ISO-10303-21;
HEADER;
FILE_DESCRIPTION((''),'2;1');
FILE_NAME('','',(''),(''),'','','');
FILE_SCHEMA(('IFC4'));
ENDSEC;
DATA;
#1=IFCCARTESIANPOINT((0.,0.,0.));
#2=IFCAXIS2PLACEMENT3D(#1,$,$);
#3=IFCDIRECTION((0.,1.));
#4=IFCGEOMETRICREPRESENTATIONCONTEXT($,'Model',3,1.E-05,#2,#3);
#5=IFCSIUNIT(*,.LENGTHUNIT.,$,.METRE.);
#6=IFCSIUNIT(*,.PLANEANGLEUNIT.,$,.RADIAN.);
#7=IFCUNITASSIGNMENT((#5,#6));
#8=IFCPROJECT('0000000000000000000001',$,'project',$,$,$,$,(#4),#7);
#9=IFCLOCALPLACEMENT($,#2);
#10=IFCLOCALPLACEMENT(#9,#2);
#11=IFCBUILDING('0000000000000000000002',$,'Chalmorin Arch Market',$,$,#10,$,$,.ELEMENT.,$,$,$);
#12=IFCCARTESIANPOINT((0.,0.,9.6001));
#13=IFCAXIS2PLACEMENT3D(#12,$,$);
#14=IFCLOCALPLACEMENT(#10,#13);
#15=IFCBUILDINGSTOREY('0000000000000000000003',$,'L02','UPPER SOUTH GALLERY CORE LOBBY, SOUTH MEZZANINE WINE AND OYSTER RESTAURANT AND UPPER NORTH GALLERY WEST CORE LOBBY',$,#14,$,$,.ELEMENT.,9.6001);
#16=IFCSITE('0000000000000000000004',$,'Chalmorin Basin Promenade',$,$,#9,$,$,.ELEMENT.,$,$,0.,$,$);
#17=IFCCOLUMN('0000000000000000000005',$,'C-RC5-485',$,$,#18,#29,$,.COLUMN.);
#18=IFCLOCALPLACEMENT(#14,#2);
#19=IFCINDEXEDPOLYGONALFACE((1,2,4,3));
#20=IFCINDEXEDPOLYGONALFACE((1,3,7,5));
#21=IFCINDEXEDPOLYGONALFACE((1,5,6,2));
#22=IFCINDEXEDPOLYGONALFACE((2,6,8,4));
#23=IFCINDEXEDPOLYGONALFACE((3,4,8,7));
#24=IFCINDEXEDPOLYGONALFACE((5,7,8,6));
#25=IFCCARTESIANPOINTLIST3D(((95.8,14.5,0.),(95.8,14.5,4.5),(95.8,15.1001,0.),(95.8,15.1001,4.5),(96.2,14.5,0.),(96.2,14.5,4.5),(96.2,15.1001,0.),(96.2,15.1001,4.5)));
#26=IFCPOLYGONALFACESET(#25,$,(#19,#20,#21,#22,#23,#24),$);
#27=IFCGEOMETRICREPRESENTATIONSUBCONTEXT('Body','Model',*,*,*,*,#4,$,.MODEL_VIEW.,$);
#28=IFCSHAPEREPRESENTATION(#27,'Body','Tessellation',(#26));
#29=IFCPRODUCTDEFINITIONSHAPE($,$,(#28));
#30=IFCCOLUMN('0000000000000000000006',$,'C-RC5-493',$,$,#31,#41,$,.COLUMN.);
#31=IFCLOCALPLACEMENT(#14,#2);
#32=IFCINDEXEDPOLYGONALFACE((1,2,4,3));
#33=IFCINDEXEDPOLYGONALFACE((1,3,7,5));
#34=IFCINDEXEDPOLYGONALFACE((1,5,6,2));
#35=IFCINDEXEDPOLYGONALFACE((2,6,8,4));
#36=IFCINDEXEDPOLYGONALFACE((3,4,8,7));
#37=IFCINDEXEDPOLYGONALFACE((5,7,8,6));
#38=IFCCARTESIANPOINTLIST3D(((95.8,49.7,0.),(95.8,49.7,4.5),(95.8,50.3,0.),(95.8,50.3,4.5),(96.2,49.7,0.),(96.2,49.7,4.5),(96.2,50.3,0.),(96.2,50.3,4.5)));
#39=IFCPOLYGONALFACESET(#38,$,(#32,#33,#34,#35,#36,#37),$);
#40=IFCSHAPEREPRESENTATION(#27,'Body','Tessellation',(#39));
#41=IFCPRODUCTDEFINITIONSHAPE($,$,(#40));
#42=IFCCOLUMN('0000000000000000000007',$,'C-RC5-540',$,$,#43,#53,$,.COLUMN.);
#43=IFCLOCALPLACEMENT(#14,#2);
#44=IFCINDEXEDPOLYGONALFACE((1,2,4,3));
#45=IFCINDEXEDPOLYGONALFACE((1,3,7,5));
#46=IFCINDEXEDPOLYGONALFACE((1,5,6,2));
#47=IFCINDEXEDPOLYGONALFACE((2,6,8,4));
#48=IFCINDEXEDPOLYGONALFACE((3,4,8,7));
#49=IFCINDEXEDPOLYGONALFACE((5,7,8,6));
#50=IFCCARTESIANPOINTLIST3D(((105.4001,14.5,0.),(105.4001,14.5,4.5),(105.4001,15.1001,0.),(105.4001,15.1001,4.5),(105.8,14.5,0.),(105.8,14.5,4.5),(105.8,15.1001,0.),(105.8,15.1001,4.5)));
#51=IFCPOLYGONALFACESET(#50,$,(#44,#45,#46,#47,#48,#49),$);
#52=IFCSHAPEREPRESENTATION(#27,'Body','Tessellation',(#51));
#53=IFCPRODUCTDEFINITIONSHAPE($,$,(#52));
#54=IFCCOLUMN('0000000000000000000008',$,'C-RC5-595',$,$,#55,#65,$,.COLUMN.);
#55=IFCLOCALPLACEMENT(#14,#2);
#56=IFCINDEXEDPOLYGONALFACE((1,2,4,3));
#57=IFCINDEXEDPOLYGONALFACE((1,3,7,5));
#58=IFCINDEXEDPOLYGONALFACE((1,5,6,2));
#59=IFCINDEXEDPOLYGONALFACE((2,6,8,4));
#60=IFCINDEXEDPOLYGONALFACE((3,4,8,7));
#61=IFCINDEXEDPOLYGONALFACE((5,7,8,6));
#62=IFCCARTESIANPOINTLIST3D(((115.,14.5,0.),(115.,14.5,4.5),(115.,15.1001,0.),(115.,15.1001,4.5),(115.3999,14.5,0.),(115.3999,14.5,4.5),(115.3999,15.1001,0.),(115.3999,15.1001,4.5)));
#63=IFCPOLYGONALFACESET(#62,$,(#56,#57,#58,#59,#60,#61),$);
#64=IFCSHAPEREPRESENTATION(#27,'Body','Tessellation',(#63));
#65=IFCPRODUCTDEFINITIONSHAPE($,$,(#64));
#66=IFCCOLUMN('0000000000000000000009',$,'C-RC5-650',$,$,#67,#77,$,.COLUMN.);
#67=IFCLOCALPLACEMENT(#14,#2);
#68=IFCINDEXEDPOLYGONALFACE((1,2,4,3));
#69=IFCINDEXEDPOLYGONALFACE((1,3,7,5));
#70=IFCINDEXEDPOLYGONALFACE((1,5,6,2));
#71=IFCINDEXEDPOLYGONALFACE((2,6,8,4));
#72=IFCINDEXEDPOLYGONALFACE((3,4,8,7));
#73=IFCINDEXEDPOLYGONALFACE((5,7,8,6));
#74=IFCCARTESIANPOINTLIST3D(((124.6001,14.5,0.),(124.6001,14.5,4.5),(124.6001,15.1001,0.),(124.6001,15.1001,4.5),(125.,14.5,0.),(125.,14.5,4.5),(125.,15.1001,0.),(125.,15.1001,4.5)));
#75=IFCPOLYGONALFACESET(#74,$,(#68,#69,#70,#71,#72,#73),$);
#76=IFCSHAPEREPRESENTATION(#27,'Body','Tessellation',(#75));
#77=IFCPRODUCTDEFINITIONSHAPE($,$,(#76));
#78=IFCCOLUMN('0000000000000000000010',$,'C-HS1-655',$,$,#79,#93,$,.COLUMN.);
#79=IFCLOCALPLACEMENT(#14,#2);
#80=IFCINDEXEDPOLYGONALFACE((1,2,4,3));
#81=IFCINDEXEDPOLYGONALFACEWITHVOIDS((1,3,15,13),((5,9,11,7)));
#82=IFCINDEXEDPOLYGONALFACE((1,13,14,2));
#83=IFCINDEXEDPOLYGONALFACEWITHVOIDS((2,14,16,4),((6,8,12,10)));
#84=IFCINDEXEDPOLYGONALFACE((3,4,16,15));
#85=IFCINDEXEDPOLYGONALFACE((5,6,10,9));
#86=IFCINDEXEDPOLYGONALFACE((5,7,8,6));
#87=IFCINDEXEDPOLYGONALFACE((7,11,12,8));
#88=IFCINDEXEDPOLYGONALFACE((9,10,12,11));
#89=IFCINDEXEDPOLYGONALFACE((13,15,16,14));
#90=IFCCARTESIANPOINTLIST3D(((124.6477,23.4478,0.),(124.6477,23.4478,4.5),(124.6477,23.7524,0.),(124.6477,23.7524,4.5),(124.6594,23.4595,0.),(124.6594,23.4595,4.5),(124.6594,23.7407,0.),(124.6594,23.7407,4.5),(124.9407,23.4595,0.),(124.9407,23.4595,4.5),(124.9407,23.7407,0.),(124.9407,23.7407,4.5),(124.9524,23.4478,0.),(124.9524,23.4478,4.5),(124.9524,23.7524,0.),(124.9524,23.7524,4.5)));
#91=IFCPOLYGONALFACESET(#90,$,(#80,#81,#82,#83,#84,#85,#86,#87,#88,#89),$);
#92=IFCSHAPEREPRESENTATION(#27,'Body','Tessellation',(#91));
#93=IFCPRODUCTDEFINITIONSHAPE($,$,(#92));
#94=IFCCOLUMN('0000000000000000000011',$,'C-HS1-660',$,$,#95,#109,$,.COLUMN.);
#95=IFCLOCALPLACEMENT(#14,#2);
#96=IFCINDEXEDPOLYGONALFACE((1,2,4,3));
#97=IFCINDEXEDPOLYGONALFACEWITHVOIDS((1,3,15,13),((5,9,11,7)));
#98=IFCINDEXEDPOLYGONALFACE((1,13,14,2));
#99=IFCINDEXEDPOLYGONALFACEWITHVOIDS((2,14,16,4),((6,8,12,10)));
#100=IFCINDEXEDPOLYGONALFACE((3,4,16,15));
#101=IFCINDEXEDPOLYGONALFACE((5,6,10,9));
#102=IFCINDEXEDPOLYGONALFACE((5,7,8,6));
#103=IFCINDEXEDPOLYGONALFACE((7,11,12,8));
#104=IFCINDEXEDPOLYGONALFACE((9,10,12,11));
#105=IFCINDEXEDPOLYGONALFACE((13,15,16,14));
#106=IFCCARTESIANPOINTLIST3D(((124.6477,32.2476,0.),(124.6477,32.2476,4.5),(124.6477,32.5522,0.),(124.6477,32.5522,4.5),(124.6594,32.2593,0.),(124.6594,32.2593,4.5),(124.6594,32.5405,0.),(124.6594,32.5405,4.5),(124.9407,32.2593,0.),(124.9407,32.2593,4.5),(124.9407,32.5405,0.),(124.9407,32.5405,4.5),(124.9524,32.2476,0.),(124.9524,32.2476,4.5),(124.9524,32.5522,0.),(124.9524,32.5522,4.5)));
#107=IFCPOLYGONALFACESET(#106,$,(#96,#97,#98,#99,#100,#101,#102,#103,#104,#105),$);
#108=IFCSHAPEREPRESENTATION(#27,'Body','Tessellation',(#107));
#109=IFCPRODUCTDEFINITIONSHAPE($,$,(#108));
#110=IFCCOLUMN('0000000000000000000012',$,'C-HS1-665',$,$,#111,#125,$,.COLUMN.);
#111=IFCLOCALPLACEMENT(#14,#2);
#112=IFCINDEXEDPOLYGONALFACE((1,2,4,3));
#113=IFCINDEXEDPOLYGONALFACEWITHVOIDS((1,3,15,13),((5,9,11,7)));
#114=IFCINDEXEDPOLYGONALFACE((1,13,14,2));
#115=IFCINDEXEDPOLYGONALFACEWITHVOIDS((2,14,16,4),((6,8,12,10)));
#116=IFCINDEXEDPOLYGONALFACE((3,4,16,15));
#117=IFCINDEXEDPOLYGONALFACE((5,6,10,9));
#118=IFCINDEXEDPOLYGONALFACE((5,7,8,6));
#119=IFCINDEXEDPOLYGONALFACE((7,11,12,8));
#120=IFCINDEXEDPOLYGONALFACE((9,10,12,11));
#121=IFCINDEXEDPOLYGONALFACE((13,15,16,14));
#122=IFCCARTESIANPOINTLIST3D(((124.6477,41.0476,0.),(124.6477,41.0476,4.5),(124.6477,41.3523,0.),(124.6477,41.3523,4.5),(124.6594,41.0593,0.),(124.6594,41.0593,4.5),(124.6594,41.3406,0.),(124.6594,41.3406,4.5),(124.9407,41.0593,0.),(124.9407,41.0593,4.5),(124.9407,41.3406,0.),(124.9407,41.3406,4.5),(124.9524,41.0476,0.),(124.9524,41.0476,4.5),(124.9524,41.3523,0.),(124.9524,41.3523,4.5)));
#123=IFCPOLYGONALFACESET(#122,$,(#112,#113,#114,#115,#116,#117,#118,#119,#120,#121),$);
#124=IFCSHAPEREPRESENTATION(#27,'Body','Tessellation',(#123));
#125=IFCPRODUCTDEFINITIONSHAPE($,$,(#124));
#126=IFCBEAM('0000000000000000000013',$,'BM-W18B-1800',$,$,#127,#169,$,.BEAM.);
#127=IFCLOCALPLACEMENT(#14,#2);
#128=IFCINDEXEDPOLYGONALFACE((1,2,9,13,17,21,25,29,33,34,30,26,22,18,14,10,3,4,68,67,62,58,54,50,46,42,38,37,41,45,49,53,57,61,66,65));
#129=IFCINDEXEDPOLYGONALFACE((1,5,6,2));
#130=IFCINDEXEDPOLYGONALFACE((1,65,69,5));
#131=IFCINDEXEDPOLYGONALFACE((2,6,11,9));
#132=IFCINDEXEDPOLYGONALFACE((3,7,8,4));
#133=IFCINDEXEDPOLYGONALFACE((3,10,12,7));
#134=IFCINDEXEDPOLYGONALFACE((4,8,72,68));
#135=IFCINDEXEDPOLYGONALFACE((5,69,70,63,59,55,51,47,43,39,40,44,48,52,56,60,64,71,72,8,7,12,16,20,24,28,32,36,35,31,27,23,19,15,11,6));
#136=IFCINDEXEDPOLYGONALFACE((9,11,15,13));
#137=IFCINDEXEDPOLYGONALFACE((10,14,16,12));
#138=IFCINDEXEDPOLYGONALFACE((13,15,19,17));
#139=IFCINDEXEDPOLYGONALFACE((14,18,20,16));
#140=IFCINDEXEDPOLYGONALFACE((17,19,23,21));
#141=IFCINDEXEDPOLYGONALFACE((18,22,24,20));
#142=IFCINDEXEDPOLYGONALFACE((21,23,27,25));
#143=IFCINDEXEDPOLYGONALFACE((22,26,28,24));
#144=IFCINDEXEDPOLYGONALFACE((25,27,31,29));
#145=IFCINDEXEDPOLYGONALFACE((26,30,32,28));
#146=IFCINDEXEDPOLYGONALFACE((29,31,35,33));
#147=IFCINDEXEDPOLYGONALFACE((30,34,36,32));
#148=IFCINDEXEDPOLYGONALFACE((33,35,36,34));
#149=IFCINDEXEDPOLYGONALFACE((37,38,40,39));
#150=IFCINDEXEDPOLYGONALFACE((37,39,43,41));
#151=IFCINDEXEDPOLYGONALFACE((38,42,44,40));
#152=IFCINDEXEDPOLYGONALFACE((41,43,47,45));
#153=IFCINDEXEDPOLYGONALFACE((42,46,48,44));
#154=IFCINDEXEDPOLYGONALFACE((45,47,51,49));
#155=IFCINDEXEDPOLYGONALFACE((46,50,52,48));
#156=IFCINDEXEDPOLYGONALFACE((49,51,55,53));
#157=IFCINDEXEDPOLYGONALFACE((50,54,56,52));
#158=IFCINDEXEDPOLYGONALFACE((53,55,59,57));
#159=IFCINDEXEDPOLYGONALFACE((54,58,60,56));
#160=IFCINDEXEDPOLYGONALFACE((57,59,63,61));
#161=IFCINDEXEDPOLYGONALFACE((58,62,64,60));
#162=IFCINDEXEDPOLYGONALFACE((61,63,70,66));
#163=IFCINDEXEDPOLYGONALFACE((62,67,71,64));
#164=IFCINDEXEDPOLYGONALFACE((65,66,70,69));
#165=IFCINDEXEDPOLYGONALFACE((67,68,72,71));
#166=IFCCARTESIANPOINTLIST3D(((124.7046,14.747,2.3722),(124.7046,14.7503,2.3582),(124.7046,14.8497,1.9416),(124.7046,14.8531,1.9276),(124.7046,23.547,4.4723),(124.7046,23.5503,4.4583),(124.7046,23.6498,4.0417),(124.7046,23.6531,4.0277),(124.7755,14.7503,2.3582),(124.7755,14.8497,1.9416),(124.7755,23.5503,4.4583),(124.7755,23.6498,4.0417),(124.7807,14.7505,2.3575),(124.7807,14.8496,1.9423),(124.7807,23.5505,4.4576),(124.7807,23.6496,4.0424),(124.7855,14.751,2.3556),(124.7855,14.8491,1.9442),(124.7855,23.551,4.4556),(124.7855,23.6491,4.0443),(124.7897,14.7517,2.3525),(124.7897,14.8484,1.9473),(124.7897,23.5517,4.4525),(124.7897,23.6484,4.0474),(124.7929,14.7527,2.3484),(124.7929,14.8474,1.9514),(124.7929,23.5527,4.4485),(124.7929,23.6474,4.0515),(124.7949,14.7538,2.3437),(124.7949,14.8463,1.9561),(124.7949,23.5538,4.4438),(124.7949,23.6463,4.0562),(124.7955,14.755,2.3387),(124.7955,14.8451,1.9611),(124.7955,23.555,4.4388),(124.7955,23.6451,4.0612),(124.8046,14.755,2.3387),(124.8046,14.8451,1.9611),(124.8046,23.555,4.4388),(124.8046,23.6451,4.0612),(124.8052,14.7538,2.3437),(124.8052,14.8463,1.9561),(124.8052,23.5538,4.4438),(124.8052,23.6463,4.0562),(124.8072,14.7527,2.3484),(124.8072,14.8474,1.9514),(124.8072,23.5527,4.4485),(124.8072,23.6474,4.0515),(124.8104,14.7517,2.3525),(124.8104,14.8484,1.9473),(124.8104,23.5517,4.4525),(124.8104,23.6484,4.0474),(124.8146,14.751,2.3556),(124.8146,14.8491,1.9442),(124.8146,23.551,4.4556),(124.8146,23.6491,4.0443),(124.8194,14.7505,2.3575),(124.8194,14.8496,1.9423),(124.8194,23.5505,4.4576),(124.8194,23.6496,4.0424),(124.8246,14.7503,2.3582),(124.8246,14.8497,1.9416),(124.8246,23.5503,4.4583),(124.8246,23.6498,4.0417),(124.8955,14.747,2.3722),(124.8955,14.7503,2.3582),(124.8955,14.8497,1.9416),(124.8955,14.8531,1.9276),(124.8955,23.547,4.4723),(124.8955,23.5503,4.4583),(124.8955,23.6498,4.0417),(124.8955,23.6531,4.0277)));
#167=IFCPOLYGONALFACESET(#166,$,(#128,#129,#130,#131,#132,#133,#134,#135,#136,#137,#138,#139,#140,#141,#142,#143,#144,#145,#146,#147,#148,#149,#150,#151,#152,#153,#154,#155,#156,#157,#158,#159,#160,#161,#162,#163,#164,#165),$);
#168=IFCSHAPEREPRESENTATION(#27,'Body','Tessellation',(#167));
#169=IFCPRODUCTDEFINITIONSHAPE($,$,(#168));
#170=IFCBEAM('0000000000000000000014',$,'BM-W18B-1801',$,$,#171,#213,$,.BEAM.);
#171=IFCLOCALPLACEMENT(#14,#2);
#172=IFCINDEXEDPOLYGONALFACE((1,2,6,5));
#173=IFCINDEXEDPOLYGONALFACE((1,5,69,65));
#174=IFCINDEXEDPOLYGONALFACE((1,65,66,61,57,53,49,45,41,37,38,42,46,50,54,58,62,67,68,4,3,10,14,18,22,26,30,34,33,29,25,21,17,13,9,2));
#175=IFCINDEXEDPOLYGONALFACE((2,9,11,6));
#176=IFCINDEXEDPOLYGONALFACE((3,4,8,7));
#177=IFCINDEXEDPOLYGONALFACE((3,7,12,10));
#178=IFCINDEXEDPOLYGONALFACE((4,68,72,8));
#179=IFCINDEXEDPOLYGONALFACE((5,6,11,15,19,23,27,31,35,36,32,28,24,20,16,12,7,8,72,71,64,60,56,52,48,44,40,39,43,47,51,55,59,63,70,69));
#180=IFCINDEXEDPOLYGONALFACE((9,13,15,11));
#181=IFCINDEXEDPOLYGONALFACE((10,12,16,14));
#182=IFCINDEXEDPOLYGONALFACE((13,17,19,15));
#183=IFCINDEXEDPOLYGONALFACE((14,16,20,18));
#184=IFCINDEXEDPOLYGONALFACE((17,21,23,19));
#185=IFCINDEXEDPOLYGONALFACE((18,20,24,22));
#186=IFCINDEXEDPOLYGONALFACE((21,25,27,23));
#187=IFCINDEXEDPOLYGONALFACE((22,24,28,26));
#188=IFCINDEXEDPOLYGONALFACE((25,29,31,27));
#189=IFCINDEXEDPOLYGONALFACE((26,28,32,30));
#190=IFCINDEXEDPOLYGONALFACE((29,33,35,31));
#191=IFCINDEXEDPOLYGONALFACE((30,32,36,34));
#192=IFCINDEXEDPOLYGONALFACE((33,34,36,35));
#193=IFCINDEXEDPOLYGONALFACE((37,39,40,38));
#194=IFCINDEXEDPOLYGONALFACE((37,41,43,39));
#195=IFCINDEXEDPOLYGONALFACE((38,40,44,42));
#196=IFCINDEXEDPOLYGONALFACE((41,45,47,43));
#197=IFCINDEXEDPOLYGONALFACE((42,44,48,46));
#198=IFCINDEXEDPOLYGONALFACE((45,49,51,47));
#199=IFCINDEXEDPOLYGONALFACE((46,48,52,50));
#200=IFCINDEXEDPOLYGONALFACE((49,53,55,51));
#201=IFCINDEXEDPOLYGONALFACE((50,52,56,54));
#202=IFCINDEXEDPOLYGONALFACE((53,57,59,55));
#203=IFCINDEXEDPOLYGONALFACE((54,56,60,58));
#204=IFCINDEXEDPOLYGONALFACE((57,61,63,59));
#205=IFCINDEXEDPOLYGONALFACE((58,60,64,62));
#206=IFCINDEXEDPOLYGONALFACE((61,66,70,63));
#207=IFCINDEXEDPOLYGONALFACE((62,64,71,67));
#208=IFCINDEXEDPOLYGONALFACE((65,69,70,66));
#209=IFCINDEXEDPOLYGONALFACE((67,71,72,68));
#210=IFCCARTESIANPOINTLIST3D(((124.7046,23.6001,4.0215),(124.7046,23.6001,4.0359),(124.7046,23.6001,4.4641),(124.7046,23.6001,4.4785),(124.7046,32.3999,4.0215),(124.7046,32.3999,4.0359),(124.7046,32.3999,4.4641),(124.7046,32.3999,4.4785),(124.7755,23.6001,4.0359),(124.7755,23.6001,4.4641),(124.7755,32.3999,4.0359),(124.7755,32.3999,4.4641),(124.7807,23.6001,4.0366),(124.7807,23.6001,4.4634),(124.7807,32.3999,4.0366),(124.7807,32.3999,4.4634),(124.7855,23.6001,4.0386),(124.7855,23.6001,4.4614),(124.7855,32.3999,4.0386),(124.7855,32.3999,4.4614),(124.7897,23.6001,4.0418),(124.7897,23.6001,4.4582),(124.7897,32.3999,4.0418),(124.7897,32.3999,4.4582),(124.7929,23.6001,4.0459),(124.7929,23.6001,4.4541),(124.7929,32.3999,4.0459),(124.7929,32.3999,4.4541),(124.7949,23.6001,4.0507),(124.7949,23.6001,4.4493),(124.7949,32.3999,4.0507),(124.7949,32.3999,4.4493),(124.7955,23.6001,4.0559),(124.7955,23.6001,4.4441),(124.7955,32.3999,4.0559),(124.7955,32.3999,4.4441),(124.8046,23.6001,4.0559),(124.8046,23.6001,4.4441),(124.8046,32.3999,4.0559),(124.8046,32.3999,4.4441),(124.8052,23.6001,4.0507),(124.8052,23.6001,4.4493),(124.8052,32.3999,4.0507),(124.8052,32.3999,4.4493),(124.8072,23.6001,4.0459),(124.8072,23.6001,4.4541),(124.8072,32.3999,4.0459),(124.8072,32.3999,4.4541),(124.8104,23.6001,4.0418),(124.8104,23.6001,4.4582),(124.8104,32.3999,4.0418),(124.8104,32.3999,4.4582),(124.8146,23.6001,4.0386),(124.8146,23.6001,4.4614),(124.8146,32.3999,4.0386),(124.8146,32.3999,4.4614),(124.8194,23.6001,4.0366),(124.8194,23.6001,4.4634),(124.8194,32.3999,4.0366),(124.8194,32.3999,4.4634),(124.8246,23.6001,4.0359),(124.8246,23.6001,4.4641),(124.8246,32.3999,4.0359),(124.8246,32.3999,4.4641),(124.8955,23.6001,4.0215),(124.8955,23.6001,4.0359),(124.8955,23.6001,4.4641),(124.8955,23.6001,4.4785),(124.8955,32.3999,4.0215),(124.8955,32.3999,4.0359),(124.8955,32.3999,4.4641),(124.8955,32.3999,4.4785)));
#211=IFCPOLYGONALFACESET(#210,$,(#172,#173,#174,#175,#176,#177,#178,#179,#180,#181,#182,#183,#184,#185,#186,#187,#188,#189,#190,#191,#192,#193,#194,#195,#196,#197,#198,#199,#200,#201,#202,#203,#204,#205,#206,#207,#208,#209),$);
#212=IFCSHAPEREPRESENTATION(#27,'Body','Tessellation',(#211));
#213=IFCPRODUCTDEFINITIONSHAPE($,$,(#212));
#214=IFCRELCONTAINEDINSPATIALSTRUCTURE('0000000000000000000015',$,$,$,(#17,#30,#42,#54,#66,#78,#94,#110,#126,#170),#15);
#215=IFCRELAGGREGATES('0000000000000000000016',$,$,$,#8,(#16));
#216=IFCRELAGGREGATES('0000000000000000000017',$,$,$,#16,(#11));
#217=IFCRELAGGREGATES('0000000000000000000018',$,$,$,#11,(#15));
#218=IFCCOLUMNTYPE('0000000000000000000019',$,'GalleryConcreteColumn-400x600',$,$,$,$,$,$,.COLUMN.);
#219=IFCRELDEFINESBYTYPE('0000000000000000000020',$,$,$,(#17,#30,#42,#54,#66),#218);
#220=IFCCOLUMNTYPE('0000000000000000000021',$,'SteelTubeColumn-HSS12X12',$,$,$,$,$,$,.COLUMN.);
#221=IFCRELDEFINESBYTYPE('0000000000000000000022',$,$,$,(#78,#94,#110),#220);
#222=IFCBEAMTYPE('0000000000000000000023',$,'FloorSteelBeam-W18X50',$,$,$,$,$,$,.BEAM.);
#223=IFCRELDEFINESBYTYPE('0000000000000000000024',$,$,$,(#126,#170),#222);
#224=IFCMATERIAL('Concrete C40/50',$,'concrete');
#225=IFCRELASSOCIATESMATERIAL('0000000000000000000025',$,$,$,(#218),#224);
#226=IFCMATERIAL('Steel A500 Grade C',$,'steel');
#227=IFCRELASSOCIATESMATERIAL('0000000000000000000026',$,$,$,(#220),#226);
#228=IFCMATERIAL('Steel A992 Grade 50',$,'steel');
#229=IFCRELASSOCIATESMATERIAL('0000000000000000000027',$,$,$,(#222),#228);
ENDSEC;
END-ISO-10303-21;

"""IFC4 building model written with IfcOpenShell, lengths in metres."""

from ifc_helpers import new_model, si_unit, direction, frame, origin, origin_2d, place, context, subcontext, project, spatial, rectangle, hollow_rectangle, i_section, extrude, material, material_profile, profile_set, type_object, element, save


model = new_model("IFC4")

# Units and contexts
model_context = context("Model", 3, precision=1e-05, world=origin(), true_north=direction((0.0, 1.0)))
body_context = subcontext(model_context, "Body", "Model", "MODEL_VIEW")
ifc_project = project(units=[si_unit("LENGTHUNIT", "METRE"), si_unit("PLANEANGLEUNIT", "RADIAN")], contexts=[model_context])

# Site, building, storey
site_placement = place(None, origin())
site = spatial("IfcSite", under=ifc_project, at=site_placement, Name="Chalmorin Basin Promenade", CompositionType="ELEMENT", RefElevation=0.0)
building_placement = place(site_placement, origin())
building = spatial("IfcBuilding", under=site, at=building_placement, Name="Chalmorin Arch Market", CompositionType="ELEMENT")
storey_placement = place(building_placement, frame((0.0, 0.0, 9.6001)))
storey = spatial("IfcBuildingStorey", under=building, at=storey_placement, Name="L02", Description="UPPER SOUTH GALLERY CORE LOBBY, SOUTH MEZZANINE WINE AND OYSTER RESTAURANT AND UPPER NORTH GALLERY WEST CORE LOBBY", CompositionType="ELEMENT", Elevation=9.6001)

# Columns
ifc_material_1 = material(Name="Concrete C40/50", Category="concrete")
ifc_material_profile_1 = material_profile(ifc_material_1, rectangle(XDim=0.3999, YDim=0.6001, at=origin_2d()), Name="RC400X600")
ifc_profile_set_1 = profile_set([ifc_material_profile_1], Name="Concrete C40/50")
column_type_1 = type_object("IfcColumnType", Name="GalleryConcreteColumn-400x600", PredefinedType="COLUMN", material=ifc_profile_set_1)
for number, where, z_axis, x_axis, name in (
    (1, (96.0, 14.8, 0.0), (0.0, 0.0, 1.0), (1.0, 0.0, 0.0), "C-RC5-485"),
    (2, (96.0, 50.0, 0.0), (0.0, 0.0, 1.0), (1.0, 0.0, 0.0), "C-RC5-493"),
    (3, (105.6001, 14.8, 0.0), (0.0, 0.0, 1.0), (1.0, 0.0, 0.0), "C-RC5-540"),
    (4, (115.2, 14.8, 0.0), (0.0, 0.0, 1.0), (1.0, 0.0, 0.0), "C-RC5-595"),
    (5, (124.8, 14.8, 0.0), (0.0, 0.0, 1.0), (1.0, 0.0, 0.0), "C-RC5-650"),
):
    element("IfcColumn", number, at=place(storey_placement, frame(where, z_axis=z_axis, x_axis=x_axis)), inside=storey, type_object=column_type_1, Name=name, PredefinedType="COLUMN", context=body_context, shape_type="SweptSolid", body=[
        extrude(rectangle(XDim=0.3999, YDim=0.6001, at=origin_2d()), origin(), (0.0, 0.0, 1.0), 4.5),
    ])
ifc_material_2 = material(Name="Steel A500 Grade C", Category="steel")
ifc_material_profile_2 = material_profile(ifc_material_2, hollow_rectangle(XDim=0.3047, YDim=0.3047, WallThickness=0.0117, at=origin_2d()), Name="HSS12X12X1/2")
ifc_profile_set_2 = profile_set([ifc_material_profile_2], Name="Steel A500 Grade C")
column_type_2 = type_object("IfcColumnType", Name="SteelTubeColumn-HSS12X12", PredefinedType="COLUMN", material=ifc_profile_set_2)
for number, where, z_axis, x_axis, name in (
    (6, (124.8, 23.6001, 0.0), (0.0, 0.0, 1.0), (1.0, 0.0, 0.0), "C-HS1-655"),
    (7, (124.8, 32.3999, 0.0), (0.0, 0.0, 1.0), (1.0, 0.0, 0.0), "C-HS1-660"),
    (8, (124.8, 41.2, 0.0), (0.0, 0.0, 1.0), (1.0, 0.0, 0.0), "C-HS1-665"),
):
    element("IfcColumn", number, at=place(storey_placement, frame(where, z_axis=z_axis, x_axis=x_axis)), inside=storey, type_object=column_type_2, Name=name, PredefinedType="COLUMN", context=body_context, shape_type="SweptSolid", body=[
        extrude(hollow_rectangle(XDim=0.3047, YDim=0.3047, WallThickness=0.0117, at=origin_2d()), origin(), (0.0, 0.0, 1.0), 4.5),
    ])

# Beams
ifc_material_3 = material(Name="Steel A992 Grade 50", Category="steel")
ifc_material_profile_3 = material_profile(ifc_material_3, i_section(OverallWidth=0.1909, OverallDepth=0.457, WebThickness=0.009, FlangeThickness=0.0144, FilletRadius=0.02, at=origin_2d()), Name="W18X50")
ifc_profile_set_3 = profile_set([ifc_material_profile_3], Name="Steel A992 Grade 50")
beam_type_1 = type_object("IfcBeamType", Name="FloorSteelBeam-W18X50", PredefinedType="BEAM", material=ifc_profile_set_3)
beam_1_placement = place(storey_placement, frame((124.8, 14.8, 2.1499), z_axis=(0.0, 0.972685, 0.232128), x_axis=(-1.0, 0.0, 0.0)))
element("IfcBeam", 9, at=beam_1_placement, inside=storey, type_object=beam_type_1, Name="BM-W18B-1800", PredefinedType="BEAM", context=body_context, shape_type="SweptSolid", body=[
    extrude(i_section(OverallWidth=0.1909, OverallDepth=0.457, WebThickness=0.009, FlangeThickness=0.0144, FilletRadius=0.02, at=origin_2d()), origin(), (0.0, 0.0, 1.0), 9.0471),
])
beam_2_placement = place(storey_placement, frame((124.8, 23.6001, 4.25), z_axis=(0.0, 1.0, 0.0), x_axis=(-1.0, 0.0, 0.0)))
element("IfcBeam", 10, at=beam_2_placement, inside=storey, type_object=beam_type_1, Name="BM-W18B-1801", PredefinedType="BEAM", context=body_context, shape_type="SweptSolid", body=[
    extrude(i_section(OverallWidth=0.1909, OverallDepth=0.457, WebThickness=0.009, FlangeThickness=0.0144, FilletRadius=0.02, at=origin_2d()), origin(), (0.0, 0.0, 1.0), 8.7998),
])

save(model, "model.ifc")
